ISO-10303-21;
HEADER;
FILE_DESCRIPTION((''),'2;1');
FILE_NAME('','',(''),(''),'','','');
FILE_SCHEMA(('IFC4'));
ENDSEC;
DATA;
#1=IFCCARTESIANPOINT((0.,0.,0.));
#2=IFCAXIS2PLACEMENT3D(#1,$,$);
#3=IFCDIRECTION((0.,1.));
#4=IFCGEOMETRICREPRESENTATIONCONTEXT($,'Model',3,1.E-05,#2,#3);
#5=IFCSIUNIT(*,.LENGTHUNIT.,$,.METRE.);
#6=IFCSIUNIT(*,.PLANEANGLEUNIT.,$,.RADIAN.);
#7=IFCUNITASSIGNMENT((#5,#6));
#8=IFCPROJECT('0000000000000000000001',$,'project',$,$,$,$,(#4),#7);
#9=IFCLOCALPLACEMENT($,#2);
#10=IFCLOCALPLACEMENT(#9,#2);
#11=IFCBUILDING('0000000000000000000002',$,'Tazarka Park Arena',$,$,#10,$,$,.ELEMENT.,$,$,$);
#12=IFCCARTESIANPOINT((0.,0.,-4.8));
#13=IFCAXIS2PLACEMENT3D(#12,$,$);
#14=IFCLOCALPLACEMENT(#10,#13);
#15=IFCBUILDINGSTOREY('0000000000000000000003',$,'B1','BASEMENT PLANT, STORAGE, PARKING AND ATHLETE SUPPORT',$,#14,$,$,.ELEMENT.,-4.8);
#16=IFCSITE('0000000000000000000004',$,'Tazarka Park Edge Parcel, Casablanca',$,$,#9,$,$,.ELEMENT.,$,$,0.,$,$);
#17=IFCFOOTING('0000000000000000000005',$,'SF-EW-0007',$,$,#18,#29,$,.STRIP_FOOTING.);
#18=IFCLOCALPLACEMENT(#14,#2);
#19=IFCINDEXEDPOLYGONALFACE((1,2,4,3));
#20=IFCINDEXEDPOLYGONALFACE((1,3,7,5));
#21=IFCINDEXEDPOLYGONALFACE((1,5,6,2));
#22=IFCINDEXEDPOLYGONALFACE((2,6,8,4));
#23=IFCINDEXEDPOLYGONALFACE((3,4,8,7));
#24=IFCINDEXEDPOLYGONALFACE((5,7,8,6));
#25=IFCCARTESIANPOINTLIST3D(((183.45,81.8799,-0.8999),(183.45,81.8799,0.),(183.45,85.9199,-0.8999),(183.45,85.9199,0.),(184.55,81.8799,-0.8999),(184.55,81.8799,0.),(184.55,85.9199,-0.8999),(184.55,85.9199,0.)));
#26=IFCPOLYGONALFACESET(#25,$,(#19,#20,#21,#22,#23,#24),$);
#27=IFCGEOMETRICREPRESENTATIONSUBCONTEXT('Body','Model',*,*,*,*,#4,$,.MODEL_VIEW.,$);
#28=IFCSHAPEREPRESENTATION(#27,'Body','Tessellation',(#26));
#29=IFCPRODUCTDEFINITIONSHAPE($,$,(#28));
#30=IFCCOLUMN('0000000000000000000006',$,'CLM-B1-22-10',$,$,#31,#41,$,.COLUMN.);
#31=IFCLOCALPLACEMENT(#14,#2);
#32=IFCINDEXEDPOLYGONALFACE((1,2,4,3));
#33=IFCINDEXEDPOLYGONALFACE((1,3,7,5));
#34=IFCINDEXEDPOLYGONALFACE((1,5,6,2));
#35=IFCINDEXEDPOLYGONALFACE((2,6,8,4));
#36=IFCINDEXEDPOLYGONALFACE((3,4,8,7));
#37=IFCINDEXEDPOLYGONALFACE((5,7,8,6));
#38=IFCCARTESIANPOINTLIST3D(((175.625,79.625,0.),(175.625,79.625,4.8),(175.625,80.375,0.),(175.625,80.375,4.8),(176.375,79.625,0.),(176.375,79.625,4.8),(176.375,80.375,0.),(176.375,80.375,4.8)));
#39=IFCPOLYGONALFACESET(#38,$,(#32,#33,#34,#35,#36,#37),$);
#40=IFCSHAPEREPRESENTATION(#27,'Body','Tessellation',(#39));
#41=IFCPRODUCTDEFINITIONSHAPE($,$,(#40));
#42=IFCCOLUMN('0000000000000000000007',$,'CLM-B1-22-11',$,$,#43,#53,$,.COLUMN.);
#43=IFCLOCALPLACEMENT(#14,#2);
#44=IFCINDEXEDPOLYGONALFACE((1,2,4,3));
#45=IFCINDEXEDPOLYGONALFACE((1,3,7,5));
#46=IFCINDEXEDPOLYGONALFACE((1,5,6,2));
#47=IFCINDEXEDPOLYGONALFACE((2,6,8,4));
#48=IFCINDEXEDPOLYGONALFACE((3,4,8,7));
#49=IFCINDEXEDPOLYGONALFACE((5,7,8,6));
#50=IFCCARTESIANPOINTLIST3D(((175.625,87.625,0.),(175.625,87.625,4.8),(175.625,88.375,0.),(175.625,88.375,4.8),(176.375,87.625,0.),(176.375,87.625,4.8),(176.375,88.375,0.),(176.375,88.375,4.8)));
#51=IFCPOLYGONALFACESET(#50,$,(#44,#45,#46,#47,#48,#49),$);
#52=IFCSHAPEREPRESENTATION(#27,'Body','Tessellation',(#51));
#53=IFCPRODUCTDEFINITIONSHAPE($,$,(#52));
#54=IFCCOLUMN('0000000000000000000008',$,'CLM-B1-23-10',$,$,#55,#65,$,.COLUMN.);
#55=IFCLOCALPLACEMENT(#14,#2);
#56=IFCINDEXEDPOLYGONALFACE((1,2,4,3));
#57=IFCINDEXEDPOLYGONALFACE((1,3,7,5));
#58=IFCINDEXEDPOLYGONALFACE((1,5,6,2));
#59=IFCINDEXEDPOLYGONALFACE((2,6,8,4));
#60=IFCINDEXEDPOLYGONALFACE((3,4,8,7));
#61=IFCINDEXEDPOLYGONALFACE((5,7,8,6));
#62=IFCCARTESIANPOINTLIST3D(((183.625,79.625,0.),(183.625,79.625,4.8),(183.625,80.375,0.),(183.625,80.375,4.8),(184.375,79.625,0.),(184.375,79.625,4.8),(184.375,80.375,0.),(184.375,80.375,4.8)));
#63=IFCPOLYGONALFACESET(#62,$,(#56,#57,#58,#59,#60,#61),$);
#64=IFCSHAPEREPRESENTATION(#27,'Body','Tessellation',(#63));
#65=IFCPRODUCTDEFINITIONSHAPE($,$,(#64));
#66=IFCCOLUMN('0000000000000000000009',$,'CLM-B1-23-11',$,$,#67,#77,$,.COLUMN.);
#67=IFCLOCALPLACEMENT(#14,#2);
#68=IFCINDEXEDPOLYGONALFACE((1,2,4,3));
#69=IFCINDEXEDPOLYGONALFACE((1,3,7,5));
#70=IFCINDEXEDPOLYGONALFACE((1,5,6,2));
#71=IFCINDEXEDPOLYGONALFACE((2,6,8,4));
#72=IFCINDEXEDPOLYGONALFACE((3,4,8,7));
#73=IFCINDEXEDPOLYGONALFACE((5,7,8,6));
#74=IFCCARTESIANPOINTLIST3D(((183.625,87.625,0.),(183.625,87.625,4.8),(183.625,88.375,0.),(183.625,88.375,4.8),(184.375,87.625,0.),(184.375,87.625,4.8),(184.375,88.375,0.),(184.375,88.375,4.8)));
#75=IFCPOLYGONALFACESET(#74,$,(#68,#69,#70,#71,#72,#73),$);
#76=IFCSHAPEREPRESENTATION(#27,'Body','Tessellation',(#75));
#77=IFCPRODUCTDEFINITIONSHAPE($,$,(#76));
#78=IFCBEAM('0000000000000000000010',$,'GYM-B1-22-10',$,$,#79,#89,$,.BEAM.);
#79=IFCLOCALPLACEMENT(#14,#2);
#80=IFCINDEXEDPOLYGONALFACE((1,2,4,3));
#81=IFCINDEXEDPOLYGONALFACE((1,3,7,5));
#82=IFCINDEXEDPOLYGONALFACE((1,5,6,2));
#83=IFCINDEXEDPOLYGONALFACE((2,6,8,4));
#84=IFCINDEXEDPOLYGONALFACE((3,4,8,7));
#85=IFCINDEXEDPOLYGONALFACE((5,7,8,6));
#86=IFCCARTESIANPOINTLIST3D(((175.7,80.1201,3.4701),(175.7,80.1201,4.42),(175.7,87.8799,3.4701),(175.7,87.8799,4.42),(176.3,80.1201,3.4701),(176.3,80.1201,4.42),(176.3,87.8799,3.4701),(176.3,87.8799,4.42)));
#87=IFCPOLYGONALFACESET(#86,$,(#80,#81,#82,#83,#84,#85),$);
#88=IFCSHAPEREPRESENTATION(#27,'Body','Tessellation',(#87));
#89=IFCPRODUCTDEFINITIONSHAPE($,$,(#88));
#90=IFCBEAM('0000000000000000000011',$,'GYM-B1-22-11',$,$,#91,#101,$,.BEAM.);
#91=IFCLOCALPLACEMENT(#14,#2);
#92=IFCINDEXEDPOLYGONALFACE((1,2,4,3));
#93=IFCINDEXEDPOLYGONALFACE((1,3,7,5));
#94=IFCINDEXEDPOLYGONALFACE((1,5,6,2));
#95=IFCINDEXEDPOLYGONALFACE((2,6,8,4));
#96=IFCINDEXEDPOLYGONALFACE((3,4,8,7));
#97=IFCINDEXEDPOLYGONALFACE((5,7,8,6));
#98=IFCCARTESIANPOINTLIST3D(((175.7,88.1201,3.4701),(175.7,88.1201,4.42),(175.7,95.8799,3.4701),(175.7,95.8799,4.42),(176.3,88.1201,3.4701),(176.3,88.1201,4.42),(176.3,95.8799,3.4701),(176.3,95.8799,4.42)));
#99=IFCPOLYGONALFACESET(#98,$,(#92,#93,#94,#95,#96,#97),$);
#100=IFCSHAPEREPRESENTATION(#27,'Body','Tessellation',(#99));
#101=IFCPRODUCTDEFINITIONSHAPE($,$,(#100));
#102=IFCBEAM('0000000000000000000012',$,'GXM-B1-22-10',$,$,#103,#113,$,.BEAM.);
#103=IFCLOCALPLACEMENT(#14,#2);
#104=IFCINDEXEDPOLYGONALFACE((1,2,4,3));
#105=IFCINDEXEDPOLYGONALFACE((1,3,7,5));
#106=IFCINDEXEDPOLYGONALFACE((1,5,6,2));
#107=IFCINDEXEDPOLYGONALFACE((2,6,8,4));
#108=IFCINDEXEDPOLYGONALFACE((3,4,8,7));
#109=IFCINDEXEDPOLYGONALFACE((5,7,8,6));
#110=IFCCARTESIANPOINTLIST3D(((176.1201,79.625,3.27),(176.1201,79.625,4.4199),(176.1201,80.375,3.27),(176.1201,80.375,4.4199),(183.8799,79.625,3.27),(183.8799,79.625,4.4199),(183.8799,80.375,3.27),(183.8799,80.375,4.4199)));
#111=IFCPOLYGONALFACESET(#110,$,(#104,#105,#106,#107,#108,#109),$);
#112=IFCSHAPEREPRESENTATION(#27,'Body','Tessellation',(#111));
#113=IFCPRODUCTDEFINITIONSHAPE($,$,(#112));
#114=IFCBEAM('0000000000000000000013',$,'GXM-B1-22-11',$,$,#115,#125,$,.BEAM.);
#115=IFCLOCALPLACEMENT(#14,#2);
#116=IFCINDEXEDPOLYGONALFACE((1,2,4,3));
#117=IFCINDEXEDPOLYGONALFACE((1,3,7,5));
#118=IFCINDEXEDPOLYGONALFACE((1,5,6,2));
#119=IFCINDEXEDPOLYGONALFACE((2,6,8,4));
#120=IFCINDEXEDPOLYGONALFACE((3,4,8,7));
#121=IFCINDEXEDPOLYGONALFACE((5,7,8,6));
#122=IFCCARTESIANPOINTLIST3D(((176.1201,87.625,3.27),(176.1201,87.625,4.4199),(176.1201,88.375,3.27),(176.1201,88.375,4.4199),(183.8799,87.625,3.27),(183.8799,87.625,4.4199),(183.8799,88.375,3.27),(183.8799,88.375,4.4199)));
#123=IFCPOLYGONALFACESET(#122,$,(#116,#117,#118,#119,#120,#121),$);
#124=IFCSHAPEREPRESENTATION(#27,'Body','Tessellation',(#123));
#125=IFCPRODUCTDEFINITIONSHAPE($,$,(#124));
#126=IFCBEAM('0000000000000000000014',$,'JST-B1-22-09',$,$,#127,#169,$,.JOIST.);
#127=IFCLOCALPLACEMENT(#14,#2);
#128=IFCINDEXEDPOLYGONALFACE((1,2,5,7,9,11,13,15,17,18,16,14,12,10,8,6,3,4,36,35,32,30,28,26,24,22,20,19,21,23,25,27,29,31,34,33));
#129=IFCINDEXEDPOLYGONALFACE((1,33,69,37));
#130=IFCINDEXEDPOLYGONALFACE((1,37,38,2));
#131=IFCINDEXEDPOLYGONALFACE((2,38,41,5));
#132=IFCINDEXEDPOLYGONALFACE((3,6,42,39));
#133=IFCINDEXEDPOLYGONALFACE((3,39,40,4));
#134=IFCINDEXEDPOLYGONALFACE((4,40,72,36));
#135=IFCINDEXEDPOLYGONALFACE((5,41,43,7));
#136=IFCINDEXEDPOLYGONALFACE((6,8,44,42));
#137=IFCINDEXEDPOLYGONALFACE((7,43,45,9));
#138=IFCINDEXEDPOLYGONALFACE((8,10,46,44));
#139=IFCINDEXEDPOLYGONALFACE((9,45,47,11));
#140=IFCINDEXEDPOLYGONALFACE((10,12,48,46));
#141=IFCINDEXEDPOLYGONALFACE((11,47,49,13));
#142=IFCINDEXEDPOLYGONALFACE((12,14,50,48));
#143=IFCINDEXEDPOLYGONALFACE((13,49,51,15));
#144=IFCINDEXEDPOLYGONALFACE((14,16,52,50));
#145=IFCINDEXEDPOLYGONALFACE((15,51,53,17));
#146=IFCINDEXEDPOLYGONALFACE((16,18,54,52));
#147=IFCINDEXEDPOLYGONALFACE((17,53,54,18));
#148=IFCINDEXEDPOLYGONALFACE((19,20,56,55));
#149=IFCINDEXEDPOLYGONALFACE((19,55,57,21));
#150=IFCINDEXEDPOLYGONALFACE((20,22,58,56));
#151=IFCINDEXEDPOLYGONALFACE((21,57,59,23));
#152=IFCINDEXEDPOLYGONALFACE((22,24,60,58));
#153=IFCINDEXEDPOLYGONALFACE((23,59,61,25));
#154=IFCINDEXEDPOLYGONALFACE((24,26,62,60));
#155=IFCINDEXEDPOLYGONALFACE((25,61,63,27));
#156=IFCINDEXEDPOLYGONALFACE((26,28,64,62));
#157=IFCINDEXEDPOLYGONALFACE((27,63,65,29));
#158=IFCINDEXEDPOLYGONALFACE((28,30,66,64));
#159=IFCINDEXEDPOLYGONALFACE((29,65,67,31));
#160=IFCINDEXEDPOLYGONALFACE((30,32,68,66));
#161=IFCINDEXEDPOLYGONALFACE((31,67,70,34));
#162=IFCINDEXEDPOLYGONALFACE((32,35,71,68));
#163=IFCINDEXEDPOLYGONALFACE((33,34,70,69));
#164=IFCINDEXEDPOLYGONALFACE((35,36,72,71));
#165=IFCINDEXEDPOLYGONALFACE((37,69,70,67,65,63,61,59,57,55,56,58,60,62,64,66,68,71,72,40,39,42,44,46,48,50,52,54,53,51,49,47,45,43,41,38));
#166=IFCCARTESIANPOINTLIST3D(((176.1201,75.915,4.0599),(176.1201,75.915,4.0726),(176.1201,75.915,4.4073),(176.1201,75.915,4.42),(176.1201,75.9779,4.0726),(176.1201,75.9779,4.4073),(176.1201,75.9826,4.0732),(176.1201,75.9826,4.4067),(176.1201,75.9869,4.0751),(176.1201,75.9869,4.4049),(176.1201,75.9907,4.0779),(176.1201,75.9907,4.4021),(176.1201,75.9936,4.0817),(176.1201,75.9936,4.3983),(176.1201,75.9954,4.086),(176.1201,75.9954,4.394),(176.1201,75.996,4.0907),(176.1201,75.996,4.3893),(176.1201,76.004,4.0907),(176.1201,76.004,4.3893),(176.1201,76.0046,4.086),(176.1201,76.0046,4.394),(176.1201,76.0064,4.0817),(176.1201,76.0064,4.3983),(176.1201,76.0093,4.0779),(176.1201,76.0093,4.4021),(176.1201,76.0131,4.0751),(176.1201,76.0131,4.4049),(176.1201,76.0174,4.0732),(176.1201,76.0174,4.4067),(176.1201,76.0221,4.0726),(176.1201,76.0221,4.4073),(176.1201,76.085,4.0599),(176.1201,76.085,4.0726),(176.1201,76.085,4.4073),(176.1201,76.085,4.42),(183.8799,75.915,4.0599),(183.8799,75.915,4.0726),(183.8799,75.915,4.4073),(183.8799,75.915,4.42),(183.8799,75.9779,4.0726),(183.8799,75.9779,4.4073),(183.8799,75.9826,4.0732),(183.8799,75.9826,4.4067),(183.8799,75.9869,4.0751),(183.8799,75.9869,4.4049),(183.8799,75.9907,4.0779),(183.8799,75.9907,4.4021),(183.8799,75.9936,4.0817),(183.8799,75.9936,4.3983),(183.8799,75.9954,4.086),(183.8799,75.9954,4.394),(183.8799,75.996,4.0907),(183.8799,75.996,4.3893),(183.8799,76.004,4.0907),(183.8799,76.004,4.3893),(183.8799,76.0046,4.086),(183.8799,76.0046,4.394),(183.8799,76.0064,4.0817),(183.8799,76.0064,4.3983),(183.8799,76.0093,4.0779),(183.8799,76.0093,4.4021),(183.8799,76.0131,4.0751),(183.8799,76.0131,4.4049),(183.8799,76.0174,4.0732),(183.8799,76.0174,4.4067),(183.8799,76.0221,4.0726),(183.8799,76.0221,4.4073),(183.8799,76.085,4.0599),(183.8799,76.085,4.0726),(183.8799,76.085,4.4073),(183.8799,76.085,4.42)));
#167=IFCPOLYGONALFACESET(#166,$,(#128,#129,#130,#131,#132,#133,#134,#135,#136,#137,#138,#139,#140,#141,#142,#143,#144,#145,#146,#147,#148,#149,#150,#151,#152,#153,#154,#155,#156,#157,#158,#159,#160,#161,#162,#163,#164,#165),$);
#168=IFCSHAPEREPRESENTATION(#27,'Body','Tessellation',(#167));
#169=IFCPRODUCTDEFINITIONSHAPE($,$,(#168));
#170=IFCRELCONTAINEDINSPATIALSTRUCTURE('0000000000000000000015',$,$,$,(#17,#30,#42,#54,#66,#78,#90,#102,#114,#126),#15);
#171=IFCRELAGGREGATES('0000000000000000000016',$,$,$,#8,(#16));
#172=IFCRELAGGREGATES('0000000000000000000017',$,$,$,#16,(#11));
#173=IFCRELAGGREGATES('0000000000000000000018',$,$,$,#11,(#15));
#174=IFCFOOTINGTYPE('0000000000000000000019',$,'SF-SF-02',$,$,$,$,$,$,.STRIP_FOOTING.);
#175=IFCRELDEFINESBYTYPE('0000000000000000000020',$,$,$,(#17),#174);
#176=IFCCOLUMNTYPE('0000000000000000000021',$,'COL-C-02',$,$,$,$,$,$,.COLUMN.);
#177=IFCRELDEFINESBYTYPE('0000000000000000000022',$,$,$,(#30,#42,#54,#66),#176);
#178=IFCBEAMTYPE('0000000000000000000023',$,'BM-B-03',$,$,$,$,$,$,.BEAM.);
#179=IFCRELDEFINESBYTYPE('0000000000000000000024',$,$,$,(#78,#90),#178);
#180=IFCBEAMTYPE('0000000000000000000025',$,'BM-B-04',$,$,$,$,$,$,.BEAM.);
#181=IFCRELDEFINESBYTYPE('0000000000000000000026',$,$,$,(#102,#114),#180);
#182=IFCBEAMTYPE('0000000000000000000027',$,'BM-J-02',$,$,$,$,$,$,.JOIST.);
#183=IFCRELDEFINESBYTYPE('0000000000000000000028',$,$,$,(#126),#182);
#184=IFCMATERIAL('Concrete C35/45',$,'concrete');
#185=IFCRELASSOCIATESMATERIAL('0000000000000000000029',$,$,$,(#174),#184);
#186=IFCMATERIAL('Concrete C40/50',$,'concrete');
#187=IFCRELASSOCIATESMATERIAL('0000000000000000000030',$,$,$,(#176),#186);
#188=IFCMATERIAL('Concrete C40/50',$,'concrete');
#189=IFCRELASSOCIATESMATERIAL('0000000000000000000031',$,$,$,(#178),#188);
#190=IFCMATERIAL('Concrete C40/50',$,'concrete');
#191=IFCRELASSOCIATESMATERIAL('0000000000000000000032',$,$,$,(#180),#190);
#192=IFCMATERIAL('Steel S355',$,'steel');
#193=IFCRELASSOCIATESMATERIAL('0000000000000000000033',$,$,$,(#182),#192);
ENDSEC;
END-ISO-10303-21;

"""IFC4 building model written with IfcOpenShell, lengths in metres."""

from ifc_helpers import new_model, si_unit, direction, frame, origin, origin_2d, place, context, subcontext, project, spatial, rectangle, i_section, extrude, material, material_profile, profile_set, type_object, element, save


model = new_model("IFC4")

# Units and contexts
model_context = context("Model", 3, precision=1e-05, world=origin(), true_north=direction((0.0, 1.0)))
body_context = subcontext(model_context, "Body", "Model", "MODEL_VIEW")
ifc_project = project(units=[si_unit("LENGTHUNIT", "METRE"), si_unit("PLANEANGLEUNIT", "RADIAN")], contexts=[model_context])

# Site, building, storey
site_placement = place(None, origin())
site = spatial("IfcSite", under=ifc_project, at=site_placement, Name="Tazarka Park Edge Parcel, Casablanca", CompositionType="ELEMENT", RefElevation=0.0)
building_placement = place(site_placement, origin())
building = spatial("IfcBuilding", under=site, at=building_placement, Name="Tazarka Park Arena", CompositionType="ELEMENT")
storey_placement = place(building_placement, frame((0.0, 0.0, -4.8)))
storey = spatial("IfcBuildingStorey", under=building, at=storey_placement, Name="B1", Description="BASEMENT PLANT, STORAGE, PARKING AND ATHLETE SUPPORT", CompositionType="ELEMENT", Elevation=-4.8)

# Footing
ifc_material_1 = material(Name="Concrete C35/45", Category="concrete")
ifc_material_profile_1 = material_profile(ifc_material_1, rectangle(XDim=1.1001, YDim=0.8999, at=origin_2d()), Name="Concrete C35/45")
ifc_profile_set_1 = profile_set([ifc_material_profile_1], Name="Concrete C35/45")
footing_type_1 = type_object("IfcFootingType", Name="SF-SF-02", PredefinedType="STRIP_FOOTING", material=ifc_profile_set_1)
footing_1_placement = place(storey_placement, frame((184.0, 85.9199, -0.45), z_axis=(0.0, -1.0, 0.0), x_axis=(1.0, 0.0, 0.0)))
element("IfcFooting", 1, at=footing_1_placement, inside=storey, type_object=footing_type_1, Name="SF-EW-0007", PredefinedType="STRIP_FOOTING", context=body_context, shape_type="SweptSolid", body=[
    extrude(rectangle(XDim=1.1001, YDim=0.8999, at=origin_2d()), origin(), (0.0, 0.0, 1.0), 4.04),
])

# Columns
ifc_material_2 = material(Name="Concrete C40/50", Category="concrete")
ifc_material_profile_2 = material_profile(ifc_material_2, rectangle(XDim=0.75, YDim=0.75, at=origin_2d()), Name="Concrete C40/50")
ifc_profile_set_2 = profile_set([ifc_material_profile_2], Name="Concrete C40/50")
column_type = type_object("IfcColumnType", Name="COL-C-02", PredefinedType="COLUMN", material=ifc_profile_set_2)
for number, where, z_axis, x_axis, name in (
    (2, (176.0, 80.0, 0.0), (0.0, 0.0, 1.0), (1.0, 0.0, 0.0), "CLM-B1-22-10"),
    (3, (176.0, 88.0, 0.0), (0.0, 0.0, 1.0), (1.0, 0.0, 0.0), "CLM-B1-22-11"),
    (4, (184.0, 80.0, 0.0), (0.0, 0.0, 1.0), (1.0, 0.0, 0.0), "CLM-B1-23-10"),
    (5, (184.0, 88.0, 0.0), (0.0, 0.0, 1.0), (1.0, 0.0, 0.0), "CLM-B1-23-11"),
):
    element("IfcColumn", number, at=place(storey_placement, frame(where, z_axis=z_axis, x_axis=x_axis)), inside=storey, type_object=column_type, Name=name, PredefinedType="COLUMN", context=body_context, shape_type="SweptSolid", body=[
        extrude(rectangle(XDim=0.75, YDim=0.75, at=origin_2d()), origin(), (0.0, 0.0, 1.0), 4.8),
    ])

# Beams
ifc_material_3 = material(Name="Concrete C40/50", Category="concrete")
ifc_material_profile_3 = material_profile(ifc_material_3, rectangle(XDim=0.6001, YDim=0.95, at=origin_2d()), Name="Concrete C40/50")
ifc_profile_set_3 = profile_set([ifc_material_profile_3], Name="Concrete C40/50")
beam_type_1 = type_object("IfcBeamType", Name="BM-B-03", PredefinedType="BEAM", material=ifc_profile_set_3)
for number, where, z_axis, x_axis, name in (
    (6, (176.0, 80.1201, 3.9451), (0.0, 1.0, 0.0), (-1.0, 0.0, 0.0), "GYM-B1-22-10"),
    (7, (176.0, 88.1201, 3.9451), (0.0, 1.0, 0.0), (-1.0, 0.0, 0.0), "GYM-B1-22-11"),
):
    element("IfcBeam", number, at=place(storey_placement, frame(where, z_axis=z_axis, x_axis=x_axis)), inside=storey, type_object=beam_type_1, Name=name, PredefinedType="BEAM", context=body_context, shape_type="SweptSolid", body=[
        extrude(rectangle(XDim=0.6001, YDim=0.95, at=origin_2d()), origin(), (0.0, 0.0, 1.0), 7.7598),
    ])
ifc_material_4 = material(Name="Concrete C40/50", Category="concrete")
ifc_material_profile_4 = material_profile(ifc_material_4, rectangle(XDim=0.75, YDim=1.1499, at=origin_2d()), Name="Concrete C40/50")
ifc_profile_set_4 = profile_set([ifc_material_profile_4], Name="Concrete C40/50")
beam_type_2 = type_object("IfcBeamType", Name="BM-B-04", PredefinedType="BEAM", material=ifc_profile_set_4)
for number, where, z_axis, x_axis, name in (
    (8, (176.1201, 80.0, 3.845), (1.0, 0.0, 0.0), (0.0, 1.0, 0.0), "GXM-B1-22-10"),
    (9, (176.1201, 88.0, 3.845), (1.0, 0.0, 0.0), (0.0, 1.0, 0.0), "GXM-B1-22-11"),
):
    element("IfcBeam", number, at=place(storey_placement, frame(where, z_axis=z_axis, x_axis=x_axis)), inside=storey, type_object=beam_type_2, Name=name, PredefinedType="BEAM", context=body_context, shape_type="SweptSolid", body=[
        extrude(rectangle(XDim=0.75, YDim=1.1499, at=origin_2d()), origin(), (0.0, 0.0, 1.0), 7.7598),
    ])
ifc_material_5 = material(Name="Steel S355", Category="steel")
ifc_material_profile_5 = material_profile(ifc_material_5, i_section(OverallWidth=0.1699, OverallDepth=0.3601, WebThickness=0.0081, FlangeThickness=0.0127, FilletRadius=0.0181, at=origin_2d()), Name="Steel S355")
ifc_profile_set_5 = profile_set([ifc_material_profile_5], Name="Steel S355")
beam_type_3 = type_object("IfcBeamType", Name="BM-J-02", PredefinedType="JOIST", material=ifc_profile_set_5)
beam_1_placement = place(storey_placement, frame((176.1201, 76.0, 4.24), z_axis=(1.0, 0.0, 0.0), x_axis=(0.0, 1.0, 0.0)))
element("IfcBeam", 10, at=beam_1_placement, inside=storey, type_object=beam_type_3, Name="JST-B1-22-09", PredefinedType="JOIST", context=body_context, shape_type="SweptSolid", body=[
    extrude(i_section(OverallWidth=0.1699, OverallDepth=0.3601, WebThickness=0.0081, FlangeThickness=0.0127, FilletRadius=0.0181, at=origin_2d()), origin(), (0.0, 0.0, 1.0), 7.7598),
])

save(model, "model.ifc")
